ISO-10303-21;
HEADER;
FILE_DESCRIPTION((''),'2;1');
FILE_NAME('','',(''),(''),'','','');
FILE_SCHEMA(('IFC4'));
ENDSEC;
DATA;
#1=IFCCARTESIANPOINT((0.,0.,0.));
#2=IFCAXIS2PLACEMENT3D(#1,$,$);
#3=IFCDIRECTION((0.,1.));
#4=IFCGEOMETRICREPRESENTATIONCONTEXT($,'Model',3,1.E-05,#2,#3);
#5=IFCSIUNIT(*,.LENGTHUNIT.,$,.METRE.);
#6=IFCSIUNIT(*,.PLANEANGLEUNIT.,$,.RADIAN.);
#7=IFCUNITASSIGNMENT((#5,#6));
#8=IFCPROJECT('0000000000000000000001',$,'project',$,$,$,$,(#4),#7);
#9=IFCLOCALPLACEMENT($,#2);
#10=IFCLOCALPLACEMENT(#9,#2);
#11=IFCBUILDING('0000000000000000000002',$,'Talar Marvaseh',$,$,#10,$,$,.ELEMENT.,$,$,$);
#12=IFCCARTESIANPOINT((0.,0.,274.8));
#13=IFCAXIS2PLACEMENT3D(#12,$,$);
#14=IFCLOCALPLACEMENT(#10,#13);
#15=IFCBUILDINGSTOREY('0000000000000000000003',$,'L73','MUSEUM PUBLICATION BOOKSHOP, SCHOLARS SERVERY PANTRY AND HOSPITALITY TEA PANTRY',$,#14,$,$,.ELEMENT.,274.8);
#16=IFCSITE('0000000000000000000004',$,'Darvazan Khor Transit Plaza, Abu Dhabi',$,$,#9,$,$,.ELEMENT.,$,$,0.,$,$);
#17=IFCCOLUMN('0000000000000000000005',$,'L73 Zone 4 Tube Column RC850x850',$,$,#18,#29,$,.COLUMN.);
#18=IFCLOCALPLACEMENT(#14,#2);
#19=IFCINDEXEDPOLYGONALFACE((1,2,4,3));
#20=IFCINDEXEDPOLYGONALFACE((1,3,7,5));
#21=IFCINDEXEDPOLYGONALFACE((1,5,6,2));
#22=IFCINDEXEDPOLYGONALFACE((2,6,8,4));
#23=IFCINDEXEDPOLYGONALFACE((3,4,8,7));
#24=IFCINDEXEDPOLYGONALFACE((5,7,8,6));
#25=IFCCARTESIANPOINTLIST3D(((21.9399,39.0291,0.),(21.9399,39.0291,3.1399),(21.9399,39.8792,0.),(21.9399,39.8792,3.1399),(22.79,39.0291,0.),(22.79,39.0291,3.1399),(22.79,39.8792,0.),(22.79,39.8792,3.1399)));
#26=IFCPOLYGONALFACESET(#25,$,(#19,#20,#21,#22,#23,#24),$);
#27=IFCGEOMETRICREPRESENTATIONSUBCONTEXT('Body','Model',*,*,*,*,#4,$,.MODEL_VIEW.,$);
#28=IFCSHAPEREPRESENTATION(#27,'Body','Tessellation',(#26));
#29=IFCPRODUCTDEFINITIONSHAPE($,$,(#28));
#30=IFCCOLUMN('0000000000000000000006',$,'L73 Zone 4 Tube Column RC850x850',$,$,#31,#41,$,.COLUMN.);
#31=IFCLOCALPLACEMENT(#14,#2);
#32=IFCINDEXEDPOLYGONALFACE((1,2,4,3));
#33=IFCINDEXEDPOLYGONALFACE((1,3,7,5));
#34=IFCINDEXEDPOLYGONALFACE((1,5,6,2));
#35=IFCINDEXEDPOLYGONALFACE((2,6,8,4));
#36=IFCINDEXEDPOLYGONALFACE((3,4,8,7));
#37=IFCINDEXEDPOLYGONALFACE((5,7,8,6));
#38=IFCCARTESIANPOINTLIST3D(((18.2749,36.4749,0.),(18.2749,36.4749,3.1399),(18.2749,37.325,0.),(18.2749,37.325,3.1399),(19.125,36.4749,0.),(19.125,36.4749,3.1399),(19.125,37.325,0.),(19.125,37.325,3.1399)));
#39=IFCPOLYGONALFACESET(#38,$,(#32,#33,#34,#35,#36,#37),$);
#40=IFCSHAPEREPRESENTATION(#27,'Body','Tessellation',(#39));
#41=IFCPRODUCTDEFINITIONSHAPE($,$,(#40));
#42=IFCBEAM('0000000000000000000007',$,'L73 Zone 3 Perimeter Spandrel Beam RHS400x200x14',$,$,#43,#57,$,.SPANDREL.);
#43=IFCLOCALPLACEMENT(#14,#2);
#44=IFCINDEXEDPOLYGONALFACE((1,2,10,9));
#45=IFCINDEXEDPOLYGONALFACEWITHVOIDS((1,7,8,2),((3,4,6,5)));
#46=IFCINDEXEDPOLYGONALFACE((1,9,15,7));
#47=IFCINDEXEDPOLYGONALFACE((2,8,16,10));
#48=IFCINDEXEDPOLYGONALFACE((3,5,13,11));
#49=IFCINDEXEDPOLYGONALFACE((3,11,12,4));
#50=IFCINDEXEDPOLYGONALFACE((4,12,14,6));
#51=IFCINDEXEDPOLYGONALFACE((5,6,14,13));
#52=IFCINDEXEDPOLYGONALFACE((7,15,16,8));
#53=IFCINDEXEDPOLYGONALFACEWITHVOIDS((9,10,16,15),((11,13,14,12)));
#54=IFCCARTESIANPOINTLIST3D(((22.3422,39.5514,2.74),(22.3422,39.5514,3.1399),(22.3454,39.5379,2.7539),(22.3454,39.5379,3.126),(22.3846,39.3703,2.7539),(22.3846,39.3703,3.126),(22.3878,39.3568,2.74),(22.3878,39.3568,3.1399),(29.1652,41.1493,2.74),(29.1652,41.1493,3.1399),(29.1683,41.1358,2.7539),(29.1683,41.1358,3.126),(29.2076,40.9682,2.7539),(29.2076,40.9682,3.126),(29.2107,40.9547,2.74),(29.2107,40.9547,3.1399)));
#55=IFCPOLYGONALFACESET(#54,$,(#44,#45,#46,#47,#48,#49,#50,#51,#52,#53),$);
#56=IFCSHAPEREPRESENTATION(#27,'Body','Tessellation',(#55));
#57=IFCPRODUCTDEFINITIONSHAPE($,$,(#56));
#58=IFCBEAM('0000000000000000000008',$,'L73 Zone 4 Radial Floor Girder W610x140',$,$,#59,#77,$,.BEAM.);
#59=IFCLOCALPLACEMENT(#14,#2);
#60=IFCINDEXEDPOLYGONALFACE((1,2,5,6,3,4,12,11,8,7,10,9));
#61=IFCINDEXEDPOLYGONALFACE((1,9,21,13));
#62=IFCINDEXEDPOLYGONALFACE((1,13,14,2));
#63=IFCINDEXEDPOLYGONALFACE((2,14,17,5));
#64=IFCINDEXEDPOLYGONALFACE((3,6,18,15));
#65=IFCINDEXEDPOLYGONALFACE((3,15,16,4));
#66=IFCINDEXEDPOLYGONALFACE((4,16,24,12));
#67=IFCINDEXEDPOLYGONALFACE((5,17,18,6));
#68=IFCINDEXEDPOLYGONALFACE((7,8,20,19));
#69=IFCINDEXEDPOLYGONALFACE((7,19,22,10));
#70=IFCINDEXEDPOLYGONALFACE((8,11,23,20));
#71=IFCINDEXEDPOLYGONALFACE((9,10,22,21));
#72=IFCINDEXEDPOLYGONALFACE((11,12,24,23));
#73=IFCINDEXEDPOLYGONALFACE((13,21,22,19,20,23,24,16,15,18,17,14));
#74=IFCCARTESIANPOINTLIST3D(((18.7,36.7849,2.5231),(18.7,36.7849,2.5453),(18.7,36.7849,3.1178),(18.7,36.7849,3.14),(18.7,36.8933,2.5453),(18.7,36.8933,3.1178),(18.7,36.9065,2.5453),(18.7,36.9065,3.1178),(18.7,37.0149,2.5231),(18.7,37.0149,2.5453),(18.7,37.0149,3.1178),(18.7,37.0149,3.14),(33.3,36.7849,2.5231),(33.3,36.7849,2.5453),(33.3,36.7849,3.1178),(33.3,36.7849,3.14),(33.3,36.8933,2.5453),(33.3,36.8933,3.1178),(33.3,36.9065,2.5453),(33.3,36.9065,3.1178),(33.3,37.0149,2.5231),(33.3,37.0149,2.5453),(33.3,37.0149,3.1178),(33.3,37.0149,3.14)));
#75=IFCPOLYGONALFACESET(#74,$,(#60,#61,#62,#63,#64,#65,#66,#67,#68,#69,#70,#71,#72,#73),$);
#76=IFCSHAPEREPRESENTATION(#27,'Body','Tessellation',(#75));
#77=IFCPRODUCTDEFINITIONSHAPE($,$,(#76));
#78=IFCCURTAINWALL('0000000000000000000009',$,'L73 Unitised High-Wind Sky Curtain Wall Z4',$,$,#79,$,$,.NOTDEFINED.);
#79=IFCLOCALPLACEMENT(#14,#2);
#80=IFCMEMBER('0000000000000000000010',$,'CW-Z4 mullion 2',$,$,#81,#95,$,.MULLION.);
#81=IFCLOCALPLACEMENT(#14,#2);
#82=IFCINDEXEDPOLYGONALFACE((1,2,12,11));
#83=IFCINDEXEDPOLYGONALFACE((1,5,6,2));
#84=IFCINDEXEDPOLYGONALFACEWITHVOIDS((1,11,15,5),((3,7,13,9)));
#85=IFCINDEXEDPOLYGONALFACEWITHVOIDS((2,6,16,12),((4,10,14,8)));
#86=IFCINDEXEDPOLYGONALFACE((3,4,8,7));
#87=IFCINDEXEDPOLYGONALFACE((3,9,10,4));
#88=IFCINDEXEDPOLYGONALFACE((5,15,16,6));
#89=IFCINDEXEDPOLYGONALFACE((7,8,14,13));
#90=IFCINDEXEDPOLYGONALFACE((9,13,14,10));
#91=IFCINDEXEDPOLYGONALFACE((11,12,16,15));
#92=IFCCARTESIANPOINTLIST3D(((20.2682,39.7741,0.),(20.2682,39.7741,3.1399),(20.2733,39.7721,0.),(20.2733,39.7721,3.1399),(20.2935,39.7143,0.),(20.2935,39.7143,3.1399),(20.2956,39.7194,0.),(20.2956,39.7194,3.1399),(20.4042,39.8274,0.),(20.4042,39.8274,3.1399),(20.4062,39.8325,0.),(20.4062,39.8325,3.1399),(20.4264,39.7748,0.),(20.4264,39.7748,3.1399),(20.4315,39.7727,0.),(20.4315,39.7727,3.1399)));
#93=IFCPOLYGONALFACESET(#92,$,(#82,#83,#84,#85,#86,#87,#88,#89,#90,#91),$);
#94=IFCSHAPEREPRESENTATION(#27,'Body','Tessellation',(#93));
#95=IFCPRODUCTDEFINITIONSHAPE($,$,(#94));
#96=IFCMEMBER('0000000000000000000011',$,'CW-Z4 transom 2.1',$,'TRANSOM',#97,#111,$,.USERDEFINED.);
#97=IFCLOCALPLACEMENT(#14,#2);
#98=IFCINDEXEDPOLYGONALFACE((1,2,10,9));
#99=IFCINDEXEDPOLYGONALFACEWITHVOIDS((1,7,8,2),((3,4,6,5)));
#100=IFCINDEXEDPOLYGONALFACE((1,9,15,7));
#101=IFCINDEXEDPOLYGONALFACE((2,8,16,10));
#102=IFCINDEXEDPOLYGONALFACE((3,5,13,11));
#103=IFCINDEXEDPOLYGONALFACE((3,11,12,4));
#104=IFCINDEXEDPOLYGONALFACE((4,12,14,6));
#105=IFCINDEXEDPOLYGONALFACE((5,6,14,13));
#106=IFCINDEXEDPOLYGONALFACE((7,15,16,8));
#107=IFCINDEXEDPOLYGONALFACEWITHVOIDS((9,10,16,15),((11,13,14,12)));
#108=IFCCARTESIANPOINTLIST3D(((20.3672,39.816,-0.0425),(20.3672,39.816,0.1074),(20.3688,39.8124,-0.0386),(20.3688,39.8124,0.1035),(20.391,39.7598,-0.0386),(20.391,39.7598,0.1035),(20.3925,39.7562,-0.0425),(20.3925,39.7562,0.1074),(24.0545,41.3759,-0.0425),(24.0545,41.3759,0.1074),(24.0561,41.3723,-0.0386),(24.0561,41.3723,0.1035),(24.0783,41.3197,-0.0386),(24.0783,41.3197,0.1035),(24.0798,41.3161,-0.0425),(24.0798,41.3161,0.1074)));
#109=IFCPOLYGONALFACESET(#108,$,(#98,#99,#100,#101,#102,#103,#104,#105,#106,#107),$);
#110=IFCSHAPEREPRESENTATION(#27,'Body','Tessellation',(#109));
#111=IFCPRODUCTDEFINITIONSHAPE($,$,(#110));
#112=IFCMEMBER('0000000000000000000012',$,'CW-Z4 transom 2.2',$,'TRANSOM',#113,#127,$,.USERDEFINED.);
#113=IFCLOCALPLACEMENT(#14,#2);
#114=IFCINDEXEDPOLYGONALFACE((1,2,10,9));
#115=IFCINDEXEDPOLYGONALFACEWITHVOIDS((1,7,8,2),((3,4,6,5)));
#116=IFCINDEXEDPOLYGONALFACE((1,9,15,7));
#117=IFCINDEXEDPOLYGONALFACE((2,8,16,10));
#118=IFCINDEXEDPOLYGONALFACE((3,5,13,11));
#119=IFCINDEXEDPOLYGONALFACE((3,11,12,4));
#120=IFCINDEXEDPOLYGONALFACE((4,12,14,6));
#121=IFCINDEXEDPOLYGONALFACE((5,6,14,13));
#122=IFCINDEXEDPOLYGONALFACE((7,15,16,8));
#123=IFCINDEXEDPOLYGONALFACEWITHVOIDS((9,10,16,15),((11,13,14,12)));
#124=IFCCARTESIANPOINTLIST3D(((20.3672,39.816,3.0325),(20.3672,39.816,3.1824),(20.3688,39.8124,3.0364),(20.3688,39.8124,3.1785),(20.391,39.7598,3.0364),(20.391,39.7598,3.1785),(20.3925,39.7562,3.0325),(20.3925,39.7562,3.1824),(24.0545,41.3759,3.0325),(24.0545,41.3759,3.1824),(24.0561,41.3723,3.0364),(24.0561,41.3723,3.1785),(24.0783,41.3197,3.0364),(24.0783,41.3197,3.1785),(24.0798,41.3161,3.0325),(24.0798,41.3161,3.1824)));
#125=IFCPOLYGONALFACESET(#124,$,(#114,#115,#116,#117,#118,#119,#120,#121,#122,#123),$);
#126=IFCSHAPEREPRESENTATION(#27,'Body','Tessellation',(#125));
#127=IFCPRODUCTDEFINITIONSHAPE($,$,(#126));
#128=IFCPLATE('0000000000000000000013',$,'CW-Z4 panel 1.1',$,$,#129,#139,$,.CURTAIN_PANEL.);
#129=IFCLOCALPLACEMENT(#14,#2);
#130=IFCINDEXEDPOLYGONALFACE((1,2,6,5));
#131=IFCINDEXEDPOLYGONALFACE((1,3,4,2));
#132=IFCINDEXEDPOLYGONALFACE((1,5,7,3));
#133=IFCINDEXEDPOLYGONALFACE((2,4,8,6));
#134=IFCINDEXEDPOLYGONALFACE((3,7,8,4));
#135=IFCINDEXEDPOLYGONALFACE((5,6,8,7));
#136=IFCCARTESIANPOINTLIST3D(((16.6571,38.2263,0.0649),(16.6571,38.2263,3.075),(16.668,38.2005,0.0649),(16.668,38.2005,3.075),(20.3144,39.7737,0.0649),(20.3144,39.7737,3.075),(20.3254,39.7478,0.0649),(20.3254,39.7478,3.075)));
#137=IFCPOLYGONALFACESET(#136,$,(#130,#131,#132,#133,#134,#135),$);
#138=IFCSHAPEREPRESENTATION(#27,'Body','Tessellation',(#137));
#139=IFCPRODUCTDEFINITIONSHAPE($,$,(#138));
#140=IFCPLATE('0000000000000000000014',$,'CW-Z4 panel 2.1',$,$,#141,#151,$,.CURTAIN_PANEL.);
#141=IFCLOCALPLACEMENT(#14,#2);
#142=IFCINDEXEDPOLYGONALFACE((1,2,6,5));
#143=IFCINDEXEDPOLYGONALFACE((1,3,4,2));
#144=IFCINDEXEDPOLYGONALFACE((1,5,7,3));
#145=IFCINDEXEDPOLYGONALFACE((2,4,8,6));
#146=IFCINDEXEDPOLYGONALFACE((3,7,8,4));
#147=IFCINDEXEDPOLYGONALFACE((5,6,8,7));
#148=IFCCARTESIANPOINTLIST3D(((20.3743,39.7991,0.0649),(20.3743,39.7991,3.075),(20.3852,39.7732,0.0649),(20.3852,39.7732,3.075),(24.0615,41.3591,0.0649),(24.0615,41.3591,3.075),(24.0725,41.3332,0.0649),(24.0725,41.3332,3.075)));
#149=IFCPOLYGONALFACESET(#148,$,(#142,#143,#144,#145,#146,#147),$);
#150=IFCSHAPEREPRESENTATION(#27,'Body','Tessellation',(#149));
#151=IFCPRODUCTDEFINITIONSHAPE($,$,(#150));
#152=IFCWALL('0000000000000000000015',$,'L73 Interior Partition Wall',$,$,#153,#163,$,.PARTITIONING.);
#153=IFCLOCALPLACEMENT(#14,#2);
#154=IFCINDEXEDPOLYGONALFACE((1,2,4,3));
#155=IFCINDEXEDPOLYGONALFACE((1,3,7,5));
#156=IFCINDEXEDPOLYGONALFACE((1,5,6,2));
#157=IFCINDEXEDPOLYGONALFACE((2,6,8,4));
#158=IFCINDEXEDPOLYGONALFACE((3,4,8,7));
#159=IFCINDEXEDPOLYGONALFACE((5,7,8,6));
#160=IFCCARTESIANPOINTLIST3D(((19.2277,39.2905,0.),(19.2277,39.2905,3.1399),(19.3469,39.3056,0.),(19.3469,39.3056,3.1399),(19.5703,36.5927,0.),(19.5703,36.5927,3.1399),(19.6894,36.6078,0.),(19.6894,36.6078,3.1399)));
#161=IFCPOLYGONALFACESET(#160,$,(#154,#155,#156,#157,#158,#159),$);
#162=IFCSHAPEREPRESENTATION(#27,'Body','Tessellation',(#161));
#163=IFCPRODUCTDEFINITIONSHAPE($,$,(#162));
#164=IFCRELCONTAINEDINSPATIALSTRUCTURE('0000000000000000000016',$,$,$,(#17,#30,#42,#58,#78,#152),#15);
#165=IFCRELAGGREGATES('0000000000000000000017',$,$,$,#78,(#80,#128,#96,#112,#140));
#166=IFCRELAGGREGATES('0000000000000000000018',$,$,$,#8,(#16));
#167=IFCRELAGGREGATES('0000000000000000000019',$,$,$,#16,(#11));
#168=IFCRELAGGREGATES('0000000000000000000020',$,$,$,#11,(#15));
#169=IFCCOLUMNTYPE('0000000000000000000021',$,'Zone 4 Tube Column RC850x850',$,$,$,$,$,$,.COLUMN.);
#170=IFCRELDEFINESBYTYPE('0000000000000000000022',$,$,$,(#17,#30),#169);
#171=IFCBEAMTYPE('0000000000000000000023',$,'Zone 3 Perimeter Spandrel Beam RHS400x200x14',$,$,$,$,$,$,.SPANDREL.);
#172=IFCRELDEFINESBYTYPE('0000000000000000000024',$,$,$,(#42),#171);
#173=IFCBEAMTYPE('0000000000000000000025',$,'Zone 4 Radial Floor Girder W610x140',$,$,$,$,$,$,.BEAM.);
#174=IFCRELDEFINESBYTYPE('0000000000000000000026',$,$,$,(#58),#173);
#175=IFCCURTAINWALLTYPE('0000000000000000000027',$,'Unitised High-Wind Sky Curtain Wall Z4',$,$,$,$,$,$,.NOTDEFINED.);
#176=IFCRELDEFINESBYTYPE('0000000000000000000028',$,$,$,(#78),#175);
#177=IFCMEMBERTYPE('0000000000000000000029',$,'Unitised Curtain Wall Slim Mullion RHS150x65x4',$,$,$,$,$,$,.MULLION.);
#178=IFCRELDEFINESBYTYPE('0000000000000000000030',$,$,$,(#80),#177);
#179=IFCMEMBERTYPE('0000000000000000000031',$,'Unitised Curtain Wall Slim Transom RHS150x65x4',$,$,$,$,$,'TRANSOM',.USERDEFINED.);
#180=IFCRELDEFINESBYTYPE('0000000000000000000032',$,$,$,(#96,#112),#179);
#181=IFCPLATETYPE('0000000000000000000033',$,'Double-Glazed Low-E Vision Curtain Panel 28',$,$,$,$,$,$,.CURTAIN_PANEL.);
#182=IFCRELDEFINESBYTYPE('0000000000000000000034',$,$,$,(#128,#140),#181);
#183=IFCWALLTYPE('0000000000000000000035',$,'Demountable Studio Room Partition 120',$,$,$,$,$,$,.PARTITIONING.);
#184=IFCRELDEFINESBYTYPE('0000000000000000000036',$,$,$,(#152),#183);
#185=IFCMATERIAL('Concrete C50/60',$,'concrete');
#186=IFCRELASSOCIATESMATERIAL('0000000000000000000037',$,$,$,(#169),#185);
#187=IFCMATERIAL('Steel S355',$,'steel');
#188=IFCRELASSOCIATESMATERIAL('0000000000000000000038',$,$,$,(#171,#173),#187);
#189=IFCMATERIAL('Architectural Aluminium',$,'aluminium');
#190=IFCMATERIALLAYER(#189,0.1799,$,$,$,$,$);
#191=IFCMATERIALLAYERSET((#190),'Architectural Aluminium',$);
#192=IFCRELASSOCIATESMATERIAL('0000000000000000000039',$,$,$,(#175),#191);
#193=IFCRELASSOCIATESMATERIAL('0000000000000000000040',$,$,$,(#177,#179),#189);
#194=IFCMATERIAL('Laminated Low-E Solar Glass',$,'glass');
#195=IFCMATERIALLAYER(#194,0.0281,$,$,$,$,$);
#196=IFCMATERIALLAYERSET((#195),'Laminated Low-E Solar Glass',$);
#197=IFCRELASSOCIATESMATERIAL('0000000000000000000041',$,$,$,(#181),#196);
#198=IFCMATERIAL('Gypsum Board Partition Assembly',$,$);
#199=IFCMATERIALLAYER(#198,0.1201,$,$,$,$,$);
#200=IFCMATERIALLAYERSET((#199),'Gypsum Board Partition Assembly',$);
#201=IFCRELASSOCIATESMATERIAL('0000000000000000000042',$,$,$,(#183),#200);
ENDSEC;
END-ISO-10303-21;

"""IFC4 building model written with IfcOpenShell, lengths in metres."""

from ifc_helpers import new_model, si_unit, direction, frame, frame_2d, origin, origin_2d, place, context, subcontext, project, spatial, rectangle, hollow_rectangle, i_section, extrude, source, transform, mapped, material, layer, layer_set, material_profile, profile_set, type_object, type_shapes, element, aggregate, save


model = new_model("IFC4")

# Units and contexts
model_context = context("Model", 3, precision=1e-05, world=origin(), true_north=direction((0.0, 1.0)))
body_context = subcontext(model_context, "Body", "Model", "MODEL_VIEW")
ifc_project = project(units=[si_unit("LENGTHUNIT", "METRE"), si_unit("PLANEANGLEUNIT", "RADIAN")], contexts=[model_context])

# Site, building, storey
site_placement = place(None, origin())
site = spatial("IfcSite", under=ifc_project, at=site_placement, Name="Darvazan Khor Transit Plaza, Abu Dhabi", CompositionType="ELEMENT", RefElevation=0.0)
building_placement = place(site_placement, origin())
building = spatial("IfcBuilding", under=site, at=building_placement, Name="Talar Marvaseh", CompositionType="ELEMENT")
storey_placement = place(building_placement, frame((0.0, 0.0, 274.8)))
storey = spatial("IfcBuildingStorey", under=building, at=storey_placement, Name="L73", Description="MUSEUM PUBLICATION BOOKSHOP, SCHOLARS SERVERY PANTRY AND HOSPITALITY TEA PANTRY", CompositionType="ELEMENT", Elevation=274.8)

# Columns
ifc_material_1 = material(Name="Concrete C50/60", Category="concrete")
ifc_material_profile_1 = material_profile(ifc_material_1, rectangle(XDim=0.8501, YDim=0.8501, at=origin_2d()), Name="RC850x850")
ifc_profile_set_1 = profile_set([ifc_material_profile_1], Name="Concrete C50/60")
column_type = type_object("IfcColumnType", Name="Zone 4 Tube Column RC850x850", PredefinedType="COLUMN", material=ifc_profile_set_1)
for number, where, z_axis, x_axis, name in (
    (1, (22.365, 39.4541, 0.0), (0.0, 0.0, 1.0), (1.0, 0.0, 0.0), "L73 Zone 4 Tube Column RC850x850"),
    (2, (18.7, 36.8999, 0.0), (0.0, 0.0, 1.0), (1.0, 0.0, 0.0), "L73 Zone 4 Tube Column RC850x850"),
):
    element("IfcColumn", number, at=place(storey_placement, frame(where, z_axis=z_axis, x_axis=x_axis)), inside=storey, type_object=column_type, Name=name, PredefinedType="COLUMN", context=body_context, shape_type="SweptSolid", body=[
        extrude(rectangle(XDim=0.8501, YDim=0.8501, at=origin_2d()), origin(), (0.0, 0.0, 1.0), 3.1399),
    ])

# Beams
ifc_material_2 = material(Name="Steel S355", Category="steel")
ifc_material_profile_2 = material_profile(ifc_material_2, hollow_rectangle(XDim=0.2, YDim=0.3999, WallThickness=0.0139, at=origin_2d()), Name="RHS400x200x14")
ifc_profile_set_2 = profile_set([ifc_material_profile_2], Name="Steel S355")
beam_type_1 = type_object("IfcBeamType", Name="Zone 3 Perimeter Spandrel Beam RHS400x200x14", PredefinedType="SPANDREL", material=ifc_profile_set_2)
beam_1_placement = place(storey_placement, frame((22.365, 39.4541, 2.9399), z_axis=(0.973656, 0.228024, 0.0), x_axis=(-0.228024, 0.973656, 0.0)))
element("IfcBeam", 3, at=beam_1_placement, inside=storey, type_object=beam_type_1, Name="L73 Zone 3 Perimeter Spandrel Beam RHS400x200x14", PredefinedType="SPANDREL", context=body_context, shape_type="SweptSolid", body=[
    extrude(hollow_rectangle(XDim=0.2, YDim=0.3999, WallThickness=0.0139, at=origin_2d()), origin(), (0.0, 0.0, 1.0), 7.0076),
])
ifc_material_profile_3 = material_profile(ifc_material_2, i_section(OverallWidth=0.23, OverallDepth=0.6169, WebThickness=0.0132, FlangeThickness=0.0222, at=origin_2d()), Name="W610x140")
ifc_profile_set_3 = profile_set([ifc_material_profile_3], Name="Steel S355")
beam_type_2 = type_object("IfcBeamType", Name="Zone 4 Radial Floor Girder W610x140", PredefinedType="BEAM", material=ifc_profile_set_3)
beam_2_placement = place(storey_placement, frame((18.7, 36.8999, 2.8315), z_axis=(1.0, 0.0, 0.0), x_axis=(0.0, 1.0, 0.0)))
element("IfcBeam", 4, at=beam_2_placement, inside=storey, type_object=beam_type_2, Name="L73 Zone 4 Radial Floor Girder W610x140", PredefinedType="BEAM", context=body_context, shape_type="SweptSolid", body=[
    extrude(i_section(OverallWidth=0.23, OverallDepth=0.6169, WebThickness=0.0132, FlangeThickness=0.0222, at=origin_2d()), origin(), (0.0, 0.0, 1.0), 14.6001),
])

# Curtain wall, members, plates
ifc_material_3 = material(Name="Architectural Aluminium", Category="aluminium")
ifc_layer_1 = layer(ifc_material_3, 0.1799)
ifc_layer_set_1 = layer_set([ifc_layer_1], Name="Architectural Aluminium")
curtain_wall_type = type_object("IfcCurtainWallType", Name="Unitised High-Wind Sky Curtain Wall Z4", PredefinedType="NOTDEFINED", material=ifc_layer_set_1)
curtain_wall_placement = place(storey_placement, origin())
curtain_wall = element("IfcCurtainWall", 5, at=curtain_wall_placement, inside=storey, type_object=curtain_wall_type, Name="L73 Unitised High-Wind Sky Curtain Wall Z4", PredefinedType="NOTDEFINED")
ifc_material_profile_4 = material_profile(ifc_material_3, hollow_rectangle(XDim=0.0649, YDim=0.1499, WallThickness=0.0039, at=origin_2d()), Name="RHS150x65x4")
ifc_profile_set_4 = profile_set([ifc_material_profile_4], Name="Architectural Aluminium")
member_type_1 = type_object("IfcMemberType", Name="Unitised Curtain Wall Slim Mullion RHS150x65x4", PredefinedType="MULLION", material=ifc_profile_set_4)
shared_shape_1 = source(origin(), body_context, "Body", "SweptSolid", [
    extrude(hollow_rectangle(XDim=0.0649, YDim=0.1499, WallThickness=0.0039, at=origin_2d()), origin(), (0.0, 0.0, 1.0), 3.1399),
])
type_shapes(member_type_1, [shared_shape_1])
member_1_placement = place(storey_placement, frame((20.3499, 39.7734, 0.0), z_axis=(0.0, 0.0, 1.0), x_axis=(-0.389638, 0.920968, 0.0)))
member_1 = element("IfcMember", 6, at=member_1_placement, type_object=member_type_1, Name="CW-Z4 mullion 2", PredefinedType="MULLION", context=body_context, shape_type="MappedRepresentation", body=[
    mapped(shared_shape_1, transform((0.0, 0.0, 0.0), x_axis=(1.0, 0.0, 0.0), y_axis=(0.0, 1.0, 0.0), z_axis=(0.0, 0.0, 1.0), scale=1.0)),
])
ifc_material_profile_5 = material_profile(ifc_material_3, hollow_rectangle(XDim=0.0649, YDim=0.1499, WallThickness=0.0039, at=origin_2d()), Name="RHS150x65x4")
ifc_profile_set_5 = profile_set([ifc_material_profile_5], Name="Architectural Aluminium")
member_type_2 = type_object("IfcMemberType", Name="Unitised Curtain Wall Slim Transom RHS150x65x4", ElementType="TRANSOM", PredefinedType="USERDEFINED", material=ifc_profile_set_5)
shared_shape_2 = source(origin(), body_context, "Body", "SweptSolid", [
    extrude(hollow_rectangle(XDim=0.0649, YDim=0.1499, WallThickness=0.0039, at=origin_2d()), origin(), (0.0, 0.0, 1.0), 4.0037),
])
type_shapes(member_type_2, [shared_shape_2])
member_2_placement = place(storey_placement, frame((20.3799, 39.7861, 0.0325), z_axis=(0.920983, 0.389602, 0.0), x_axis=(-0.389602, 0.920983, 0.0)))
member_2 = element("IfcMember", 7, at=member_2_placement, type_object=member_type_2, Name="CW-Z4 transom 2.1", ObjectType="TRANSOM", PredefinedType="USERDEFINED", context=body_context, shape_type="MappedRepresentation", body=[
    mapped(shared_shape_2, transform((0.0, 0.0, 0.0), x_axis=(1.0, 0.0, 0.0), y_axis=(0.0, 1.0, 0.0), z_axis=(0.0, 0.0, 1.0), scale=1.0)),
])
member_3_placement = place(storey_placement, frame((20.3799, 39.7861, 3.1074), z_axis=(0.920983, 0.389602, 0.0), x_axis=(-0.389602, 0.920983, 0.0)))
member_3 = element("IfcMember", 8, at=member_3_placement, type_object=member_type_2, Name="CW-Z4 transom 2.2", ObjectType="TRANSOM", PredefinedType="USERDEFINED", context=body_context, shape_type="MappedRepresentation", body=[
    mapped(shared_shape_2, transform((0.0, 0.0, 0.0), x_axis=(1.0, 0.0, 0.0), y_axis=(0.0, 1.0, 0.0), z_axis=(0.0, 0.0, 1.0), scale=1.0)),
])
ifc_material_4 = material(Name="Laminated Low-E Solar Glass", Category="glass")
ifc_layer_2 = layer(ifc_material_4, 0.0281)
ifc_layer_set_2 = layer_set([ifc_layer_2], Name="Laminated Low-E Solar Glass")
plate_type = type_object("IfcPlateType", Name="Double-Glazed Low-E Vision Curtain Panel 28", PredefinedType="CURTAIN_PANEL", material=ifc_layer_set_2)
shared_shape_3 = source(origin(), body_context, "Body", "SweptSolid", [
    extrude(rectangle(XDim=3.9712, YDim=0.0281, at=origin_2d()), origin(), (0.0, 0.0, 1.0), 3.01),
])
plate_1_placement = place(storey_placement, frame((18.4912, 38.9871, 0.0649), z_axis=(0.0, 0.0, 1.0), x_axis=(0.920968, 0.389638, 0.0)))
plate_1 = element("IfcPlate", 9, at=plate_1_placement, type_object=plate_type, Name="CW-Z4 panel 1.1", PredefinedType="CURTAIN_PANEL", context=body_context, shape_type="MappedRepresentation", body=[
    mapped(shared_shape_3, transform((0.0, 0.0, 0.0), x_axis=(1.0, 0.0, 0.0), y_axis=(0.0, 1.0, 0.0), z_axis=(0.0, 0.0, 1.0), scale=1.0)),
])
shared_shape_4 = source(origin(), body_context, "Body", "SweptSolid", [
    extrude(rectangle(XDim=4.0037, YDim=0.0281, at=origin_2d()), origin(), (0.0, 0.0, 1.0), 3.01),
])
type_shapes(plate_type, [shared_shape_3, shared_shape_4])
plate_2_placement = place(storey_placement, frame((22.2234, 40.5662, 0.0649), z_axis=(0.0, 0.0, 1.0), x_axis=(0.920968, 0.389638, 0.0)))
plate_2 = element("IfcPlate", 10, at=plate_2_placement, type_object=plate_type, Name="CW-Z4 panel 2.1", PredefinedType="CURTAIN_PANEL", context=body_context, shape_type="MappedRepresentation", body=[
    mapped(shared_shape_4, transform((0.0, 0.0, 0.0), x_axis=(1.0, 0.0, 0.0), y_axis=(0.0, 1.0, 0.0), z_axis=(0.0, 0.0, 1.0), scale=1.0)),
])
aggregate(curtain_wall, [member_1, plate_1, member_2, member_3, plate_2])

# Wall
ifc_material_5 = material(Name="Gypsum Board Partition Assembly")
ifc_layer_3 = layer(ifc_material_5, 0.1201)
ifc_layer_set_3 = layer_set([ifc_layer_3], Name="Gypsum Board Partition Assembly")
wall_type_1 = type_object("IfcWallType", Name="Demountable Studio Room Partition 120", PredefinedType="PARTITIONING", material=ifc_layer_set_3)
wall_1_placement = place(storey_placement, frame((19.6299, 36.6001, 0.0), z_axis=(0.0, 0.0, 1.0), x_axis=(-0.125957, 0.992036, 0.0)))
element("IfcWall", 11, at=wall_1_placement, inside=storey, type_object=wall_type_1, Name="L73 Interior Partition Wall", PredefinedType="PARTITIONING", context=body_context, shape_type="SweptSolid", body=[
    extrude(rectangle(XDim=2.7195, YDim=0.1201, at=frame_2d((1.3599, 0.0))), origin(), (0.0, 0.0, 1.0), 3.1399),
])

save(model, "model.ifc")
